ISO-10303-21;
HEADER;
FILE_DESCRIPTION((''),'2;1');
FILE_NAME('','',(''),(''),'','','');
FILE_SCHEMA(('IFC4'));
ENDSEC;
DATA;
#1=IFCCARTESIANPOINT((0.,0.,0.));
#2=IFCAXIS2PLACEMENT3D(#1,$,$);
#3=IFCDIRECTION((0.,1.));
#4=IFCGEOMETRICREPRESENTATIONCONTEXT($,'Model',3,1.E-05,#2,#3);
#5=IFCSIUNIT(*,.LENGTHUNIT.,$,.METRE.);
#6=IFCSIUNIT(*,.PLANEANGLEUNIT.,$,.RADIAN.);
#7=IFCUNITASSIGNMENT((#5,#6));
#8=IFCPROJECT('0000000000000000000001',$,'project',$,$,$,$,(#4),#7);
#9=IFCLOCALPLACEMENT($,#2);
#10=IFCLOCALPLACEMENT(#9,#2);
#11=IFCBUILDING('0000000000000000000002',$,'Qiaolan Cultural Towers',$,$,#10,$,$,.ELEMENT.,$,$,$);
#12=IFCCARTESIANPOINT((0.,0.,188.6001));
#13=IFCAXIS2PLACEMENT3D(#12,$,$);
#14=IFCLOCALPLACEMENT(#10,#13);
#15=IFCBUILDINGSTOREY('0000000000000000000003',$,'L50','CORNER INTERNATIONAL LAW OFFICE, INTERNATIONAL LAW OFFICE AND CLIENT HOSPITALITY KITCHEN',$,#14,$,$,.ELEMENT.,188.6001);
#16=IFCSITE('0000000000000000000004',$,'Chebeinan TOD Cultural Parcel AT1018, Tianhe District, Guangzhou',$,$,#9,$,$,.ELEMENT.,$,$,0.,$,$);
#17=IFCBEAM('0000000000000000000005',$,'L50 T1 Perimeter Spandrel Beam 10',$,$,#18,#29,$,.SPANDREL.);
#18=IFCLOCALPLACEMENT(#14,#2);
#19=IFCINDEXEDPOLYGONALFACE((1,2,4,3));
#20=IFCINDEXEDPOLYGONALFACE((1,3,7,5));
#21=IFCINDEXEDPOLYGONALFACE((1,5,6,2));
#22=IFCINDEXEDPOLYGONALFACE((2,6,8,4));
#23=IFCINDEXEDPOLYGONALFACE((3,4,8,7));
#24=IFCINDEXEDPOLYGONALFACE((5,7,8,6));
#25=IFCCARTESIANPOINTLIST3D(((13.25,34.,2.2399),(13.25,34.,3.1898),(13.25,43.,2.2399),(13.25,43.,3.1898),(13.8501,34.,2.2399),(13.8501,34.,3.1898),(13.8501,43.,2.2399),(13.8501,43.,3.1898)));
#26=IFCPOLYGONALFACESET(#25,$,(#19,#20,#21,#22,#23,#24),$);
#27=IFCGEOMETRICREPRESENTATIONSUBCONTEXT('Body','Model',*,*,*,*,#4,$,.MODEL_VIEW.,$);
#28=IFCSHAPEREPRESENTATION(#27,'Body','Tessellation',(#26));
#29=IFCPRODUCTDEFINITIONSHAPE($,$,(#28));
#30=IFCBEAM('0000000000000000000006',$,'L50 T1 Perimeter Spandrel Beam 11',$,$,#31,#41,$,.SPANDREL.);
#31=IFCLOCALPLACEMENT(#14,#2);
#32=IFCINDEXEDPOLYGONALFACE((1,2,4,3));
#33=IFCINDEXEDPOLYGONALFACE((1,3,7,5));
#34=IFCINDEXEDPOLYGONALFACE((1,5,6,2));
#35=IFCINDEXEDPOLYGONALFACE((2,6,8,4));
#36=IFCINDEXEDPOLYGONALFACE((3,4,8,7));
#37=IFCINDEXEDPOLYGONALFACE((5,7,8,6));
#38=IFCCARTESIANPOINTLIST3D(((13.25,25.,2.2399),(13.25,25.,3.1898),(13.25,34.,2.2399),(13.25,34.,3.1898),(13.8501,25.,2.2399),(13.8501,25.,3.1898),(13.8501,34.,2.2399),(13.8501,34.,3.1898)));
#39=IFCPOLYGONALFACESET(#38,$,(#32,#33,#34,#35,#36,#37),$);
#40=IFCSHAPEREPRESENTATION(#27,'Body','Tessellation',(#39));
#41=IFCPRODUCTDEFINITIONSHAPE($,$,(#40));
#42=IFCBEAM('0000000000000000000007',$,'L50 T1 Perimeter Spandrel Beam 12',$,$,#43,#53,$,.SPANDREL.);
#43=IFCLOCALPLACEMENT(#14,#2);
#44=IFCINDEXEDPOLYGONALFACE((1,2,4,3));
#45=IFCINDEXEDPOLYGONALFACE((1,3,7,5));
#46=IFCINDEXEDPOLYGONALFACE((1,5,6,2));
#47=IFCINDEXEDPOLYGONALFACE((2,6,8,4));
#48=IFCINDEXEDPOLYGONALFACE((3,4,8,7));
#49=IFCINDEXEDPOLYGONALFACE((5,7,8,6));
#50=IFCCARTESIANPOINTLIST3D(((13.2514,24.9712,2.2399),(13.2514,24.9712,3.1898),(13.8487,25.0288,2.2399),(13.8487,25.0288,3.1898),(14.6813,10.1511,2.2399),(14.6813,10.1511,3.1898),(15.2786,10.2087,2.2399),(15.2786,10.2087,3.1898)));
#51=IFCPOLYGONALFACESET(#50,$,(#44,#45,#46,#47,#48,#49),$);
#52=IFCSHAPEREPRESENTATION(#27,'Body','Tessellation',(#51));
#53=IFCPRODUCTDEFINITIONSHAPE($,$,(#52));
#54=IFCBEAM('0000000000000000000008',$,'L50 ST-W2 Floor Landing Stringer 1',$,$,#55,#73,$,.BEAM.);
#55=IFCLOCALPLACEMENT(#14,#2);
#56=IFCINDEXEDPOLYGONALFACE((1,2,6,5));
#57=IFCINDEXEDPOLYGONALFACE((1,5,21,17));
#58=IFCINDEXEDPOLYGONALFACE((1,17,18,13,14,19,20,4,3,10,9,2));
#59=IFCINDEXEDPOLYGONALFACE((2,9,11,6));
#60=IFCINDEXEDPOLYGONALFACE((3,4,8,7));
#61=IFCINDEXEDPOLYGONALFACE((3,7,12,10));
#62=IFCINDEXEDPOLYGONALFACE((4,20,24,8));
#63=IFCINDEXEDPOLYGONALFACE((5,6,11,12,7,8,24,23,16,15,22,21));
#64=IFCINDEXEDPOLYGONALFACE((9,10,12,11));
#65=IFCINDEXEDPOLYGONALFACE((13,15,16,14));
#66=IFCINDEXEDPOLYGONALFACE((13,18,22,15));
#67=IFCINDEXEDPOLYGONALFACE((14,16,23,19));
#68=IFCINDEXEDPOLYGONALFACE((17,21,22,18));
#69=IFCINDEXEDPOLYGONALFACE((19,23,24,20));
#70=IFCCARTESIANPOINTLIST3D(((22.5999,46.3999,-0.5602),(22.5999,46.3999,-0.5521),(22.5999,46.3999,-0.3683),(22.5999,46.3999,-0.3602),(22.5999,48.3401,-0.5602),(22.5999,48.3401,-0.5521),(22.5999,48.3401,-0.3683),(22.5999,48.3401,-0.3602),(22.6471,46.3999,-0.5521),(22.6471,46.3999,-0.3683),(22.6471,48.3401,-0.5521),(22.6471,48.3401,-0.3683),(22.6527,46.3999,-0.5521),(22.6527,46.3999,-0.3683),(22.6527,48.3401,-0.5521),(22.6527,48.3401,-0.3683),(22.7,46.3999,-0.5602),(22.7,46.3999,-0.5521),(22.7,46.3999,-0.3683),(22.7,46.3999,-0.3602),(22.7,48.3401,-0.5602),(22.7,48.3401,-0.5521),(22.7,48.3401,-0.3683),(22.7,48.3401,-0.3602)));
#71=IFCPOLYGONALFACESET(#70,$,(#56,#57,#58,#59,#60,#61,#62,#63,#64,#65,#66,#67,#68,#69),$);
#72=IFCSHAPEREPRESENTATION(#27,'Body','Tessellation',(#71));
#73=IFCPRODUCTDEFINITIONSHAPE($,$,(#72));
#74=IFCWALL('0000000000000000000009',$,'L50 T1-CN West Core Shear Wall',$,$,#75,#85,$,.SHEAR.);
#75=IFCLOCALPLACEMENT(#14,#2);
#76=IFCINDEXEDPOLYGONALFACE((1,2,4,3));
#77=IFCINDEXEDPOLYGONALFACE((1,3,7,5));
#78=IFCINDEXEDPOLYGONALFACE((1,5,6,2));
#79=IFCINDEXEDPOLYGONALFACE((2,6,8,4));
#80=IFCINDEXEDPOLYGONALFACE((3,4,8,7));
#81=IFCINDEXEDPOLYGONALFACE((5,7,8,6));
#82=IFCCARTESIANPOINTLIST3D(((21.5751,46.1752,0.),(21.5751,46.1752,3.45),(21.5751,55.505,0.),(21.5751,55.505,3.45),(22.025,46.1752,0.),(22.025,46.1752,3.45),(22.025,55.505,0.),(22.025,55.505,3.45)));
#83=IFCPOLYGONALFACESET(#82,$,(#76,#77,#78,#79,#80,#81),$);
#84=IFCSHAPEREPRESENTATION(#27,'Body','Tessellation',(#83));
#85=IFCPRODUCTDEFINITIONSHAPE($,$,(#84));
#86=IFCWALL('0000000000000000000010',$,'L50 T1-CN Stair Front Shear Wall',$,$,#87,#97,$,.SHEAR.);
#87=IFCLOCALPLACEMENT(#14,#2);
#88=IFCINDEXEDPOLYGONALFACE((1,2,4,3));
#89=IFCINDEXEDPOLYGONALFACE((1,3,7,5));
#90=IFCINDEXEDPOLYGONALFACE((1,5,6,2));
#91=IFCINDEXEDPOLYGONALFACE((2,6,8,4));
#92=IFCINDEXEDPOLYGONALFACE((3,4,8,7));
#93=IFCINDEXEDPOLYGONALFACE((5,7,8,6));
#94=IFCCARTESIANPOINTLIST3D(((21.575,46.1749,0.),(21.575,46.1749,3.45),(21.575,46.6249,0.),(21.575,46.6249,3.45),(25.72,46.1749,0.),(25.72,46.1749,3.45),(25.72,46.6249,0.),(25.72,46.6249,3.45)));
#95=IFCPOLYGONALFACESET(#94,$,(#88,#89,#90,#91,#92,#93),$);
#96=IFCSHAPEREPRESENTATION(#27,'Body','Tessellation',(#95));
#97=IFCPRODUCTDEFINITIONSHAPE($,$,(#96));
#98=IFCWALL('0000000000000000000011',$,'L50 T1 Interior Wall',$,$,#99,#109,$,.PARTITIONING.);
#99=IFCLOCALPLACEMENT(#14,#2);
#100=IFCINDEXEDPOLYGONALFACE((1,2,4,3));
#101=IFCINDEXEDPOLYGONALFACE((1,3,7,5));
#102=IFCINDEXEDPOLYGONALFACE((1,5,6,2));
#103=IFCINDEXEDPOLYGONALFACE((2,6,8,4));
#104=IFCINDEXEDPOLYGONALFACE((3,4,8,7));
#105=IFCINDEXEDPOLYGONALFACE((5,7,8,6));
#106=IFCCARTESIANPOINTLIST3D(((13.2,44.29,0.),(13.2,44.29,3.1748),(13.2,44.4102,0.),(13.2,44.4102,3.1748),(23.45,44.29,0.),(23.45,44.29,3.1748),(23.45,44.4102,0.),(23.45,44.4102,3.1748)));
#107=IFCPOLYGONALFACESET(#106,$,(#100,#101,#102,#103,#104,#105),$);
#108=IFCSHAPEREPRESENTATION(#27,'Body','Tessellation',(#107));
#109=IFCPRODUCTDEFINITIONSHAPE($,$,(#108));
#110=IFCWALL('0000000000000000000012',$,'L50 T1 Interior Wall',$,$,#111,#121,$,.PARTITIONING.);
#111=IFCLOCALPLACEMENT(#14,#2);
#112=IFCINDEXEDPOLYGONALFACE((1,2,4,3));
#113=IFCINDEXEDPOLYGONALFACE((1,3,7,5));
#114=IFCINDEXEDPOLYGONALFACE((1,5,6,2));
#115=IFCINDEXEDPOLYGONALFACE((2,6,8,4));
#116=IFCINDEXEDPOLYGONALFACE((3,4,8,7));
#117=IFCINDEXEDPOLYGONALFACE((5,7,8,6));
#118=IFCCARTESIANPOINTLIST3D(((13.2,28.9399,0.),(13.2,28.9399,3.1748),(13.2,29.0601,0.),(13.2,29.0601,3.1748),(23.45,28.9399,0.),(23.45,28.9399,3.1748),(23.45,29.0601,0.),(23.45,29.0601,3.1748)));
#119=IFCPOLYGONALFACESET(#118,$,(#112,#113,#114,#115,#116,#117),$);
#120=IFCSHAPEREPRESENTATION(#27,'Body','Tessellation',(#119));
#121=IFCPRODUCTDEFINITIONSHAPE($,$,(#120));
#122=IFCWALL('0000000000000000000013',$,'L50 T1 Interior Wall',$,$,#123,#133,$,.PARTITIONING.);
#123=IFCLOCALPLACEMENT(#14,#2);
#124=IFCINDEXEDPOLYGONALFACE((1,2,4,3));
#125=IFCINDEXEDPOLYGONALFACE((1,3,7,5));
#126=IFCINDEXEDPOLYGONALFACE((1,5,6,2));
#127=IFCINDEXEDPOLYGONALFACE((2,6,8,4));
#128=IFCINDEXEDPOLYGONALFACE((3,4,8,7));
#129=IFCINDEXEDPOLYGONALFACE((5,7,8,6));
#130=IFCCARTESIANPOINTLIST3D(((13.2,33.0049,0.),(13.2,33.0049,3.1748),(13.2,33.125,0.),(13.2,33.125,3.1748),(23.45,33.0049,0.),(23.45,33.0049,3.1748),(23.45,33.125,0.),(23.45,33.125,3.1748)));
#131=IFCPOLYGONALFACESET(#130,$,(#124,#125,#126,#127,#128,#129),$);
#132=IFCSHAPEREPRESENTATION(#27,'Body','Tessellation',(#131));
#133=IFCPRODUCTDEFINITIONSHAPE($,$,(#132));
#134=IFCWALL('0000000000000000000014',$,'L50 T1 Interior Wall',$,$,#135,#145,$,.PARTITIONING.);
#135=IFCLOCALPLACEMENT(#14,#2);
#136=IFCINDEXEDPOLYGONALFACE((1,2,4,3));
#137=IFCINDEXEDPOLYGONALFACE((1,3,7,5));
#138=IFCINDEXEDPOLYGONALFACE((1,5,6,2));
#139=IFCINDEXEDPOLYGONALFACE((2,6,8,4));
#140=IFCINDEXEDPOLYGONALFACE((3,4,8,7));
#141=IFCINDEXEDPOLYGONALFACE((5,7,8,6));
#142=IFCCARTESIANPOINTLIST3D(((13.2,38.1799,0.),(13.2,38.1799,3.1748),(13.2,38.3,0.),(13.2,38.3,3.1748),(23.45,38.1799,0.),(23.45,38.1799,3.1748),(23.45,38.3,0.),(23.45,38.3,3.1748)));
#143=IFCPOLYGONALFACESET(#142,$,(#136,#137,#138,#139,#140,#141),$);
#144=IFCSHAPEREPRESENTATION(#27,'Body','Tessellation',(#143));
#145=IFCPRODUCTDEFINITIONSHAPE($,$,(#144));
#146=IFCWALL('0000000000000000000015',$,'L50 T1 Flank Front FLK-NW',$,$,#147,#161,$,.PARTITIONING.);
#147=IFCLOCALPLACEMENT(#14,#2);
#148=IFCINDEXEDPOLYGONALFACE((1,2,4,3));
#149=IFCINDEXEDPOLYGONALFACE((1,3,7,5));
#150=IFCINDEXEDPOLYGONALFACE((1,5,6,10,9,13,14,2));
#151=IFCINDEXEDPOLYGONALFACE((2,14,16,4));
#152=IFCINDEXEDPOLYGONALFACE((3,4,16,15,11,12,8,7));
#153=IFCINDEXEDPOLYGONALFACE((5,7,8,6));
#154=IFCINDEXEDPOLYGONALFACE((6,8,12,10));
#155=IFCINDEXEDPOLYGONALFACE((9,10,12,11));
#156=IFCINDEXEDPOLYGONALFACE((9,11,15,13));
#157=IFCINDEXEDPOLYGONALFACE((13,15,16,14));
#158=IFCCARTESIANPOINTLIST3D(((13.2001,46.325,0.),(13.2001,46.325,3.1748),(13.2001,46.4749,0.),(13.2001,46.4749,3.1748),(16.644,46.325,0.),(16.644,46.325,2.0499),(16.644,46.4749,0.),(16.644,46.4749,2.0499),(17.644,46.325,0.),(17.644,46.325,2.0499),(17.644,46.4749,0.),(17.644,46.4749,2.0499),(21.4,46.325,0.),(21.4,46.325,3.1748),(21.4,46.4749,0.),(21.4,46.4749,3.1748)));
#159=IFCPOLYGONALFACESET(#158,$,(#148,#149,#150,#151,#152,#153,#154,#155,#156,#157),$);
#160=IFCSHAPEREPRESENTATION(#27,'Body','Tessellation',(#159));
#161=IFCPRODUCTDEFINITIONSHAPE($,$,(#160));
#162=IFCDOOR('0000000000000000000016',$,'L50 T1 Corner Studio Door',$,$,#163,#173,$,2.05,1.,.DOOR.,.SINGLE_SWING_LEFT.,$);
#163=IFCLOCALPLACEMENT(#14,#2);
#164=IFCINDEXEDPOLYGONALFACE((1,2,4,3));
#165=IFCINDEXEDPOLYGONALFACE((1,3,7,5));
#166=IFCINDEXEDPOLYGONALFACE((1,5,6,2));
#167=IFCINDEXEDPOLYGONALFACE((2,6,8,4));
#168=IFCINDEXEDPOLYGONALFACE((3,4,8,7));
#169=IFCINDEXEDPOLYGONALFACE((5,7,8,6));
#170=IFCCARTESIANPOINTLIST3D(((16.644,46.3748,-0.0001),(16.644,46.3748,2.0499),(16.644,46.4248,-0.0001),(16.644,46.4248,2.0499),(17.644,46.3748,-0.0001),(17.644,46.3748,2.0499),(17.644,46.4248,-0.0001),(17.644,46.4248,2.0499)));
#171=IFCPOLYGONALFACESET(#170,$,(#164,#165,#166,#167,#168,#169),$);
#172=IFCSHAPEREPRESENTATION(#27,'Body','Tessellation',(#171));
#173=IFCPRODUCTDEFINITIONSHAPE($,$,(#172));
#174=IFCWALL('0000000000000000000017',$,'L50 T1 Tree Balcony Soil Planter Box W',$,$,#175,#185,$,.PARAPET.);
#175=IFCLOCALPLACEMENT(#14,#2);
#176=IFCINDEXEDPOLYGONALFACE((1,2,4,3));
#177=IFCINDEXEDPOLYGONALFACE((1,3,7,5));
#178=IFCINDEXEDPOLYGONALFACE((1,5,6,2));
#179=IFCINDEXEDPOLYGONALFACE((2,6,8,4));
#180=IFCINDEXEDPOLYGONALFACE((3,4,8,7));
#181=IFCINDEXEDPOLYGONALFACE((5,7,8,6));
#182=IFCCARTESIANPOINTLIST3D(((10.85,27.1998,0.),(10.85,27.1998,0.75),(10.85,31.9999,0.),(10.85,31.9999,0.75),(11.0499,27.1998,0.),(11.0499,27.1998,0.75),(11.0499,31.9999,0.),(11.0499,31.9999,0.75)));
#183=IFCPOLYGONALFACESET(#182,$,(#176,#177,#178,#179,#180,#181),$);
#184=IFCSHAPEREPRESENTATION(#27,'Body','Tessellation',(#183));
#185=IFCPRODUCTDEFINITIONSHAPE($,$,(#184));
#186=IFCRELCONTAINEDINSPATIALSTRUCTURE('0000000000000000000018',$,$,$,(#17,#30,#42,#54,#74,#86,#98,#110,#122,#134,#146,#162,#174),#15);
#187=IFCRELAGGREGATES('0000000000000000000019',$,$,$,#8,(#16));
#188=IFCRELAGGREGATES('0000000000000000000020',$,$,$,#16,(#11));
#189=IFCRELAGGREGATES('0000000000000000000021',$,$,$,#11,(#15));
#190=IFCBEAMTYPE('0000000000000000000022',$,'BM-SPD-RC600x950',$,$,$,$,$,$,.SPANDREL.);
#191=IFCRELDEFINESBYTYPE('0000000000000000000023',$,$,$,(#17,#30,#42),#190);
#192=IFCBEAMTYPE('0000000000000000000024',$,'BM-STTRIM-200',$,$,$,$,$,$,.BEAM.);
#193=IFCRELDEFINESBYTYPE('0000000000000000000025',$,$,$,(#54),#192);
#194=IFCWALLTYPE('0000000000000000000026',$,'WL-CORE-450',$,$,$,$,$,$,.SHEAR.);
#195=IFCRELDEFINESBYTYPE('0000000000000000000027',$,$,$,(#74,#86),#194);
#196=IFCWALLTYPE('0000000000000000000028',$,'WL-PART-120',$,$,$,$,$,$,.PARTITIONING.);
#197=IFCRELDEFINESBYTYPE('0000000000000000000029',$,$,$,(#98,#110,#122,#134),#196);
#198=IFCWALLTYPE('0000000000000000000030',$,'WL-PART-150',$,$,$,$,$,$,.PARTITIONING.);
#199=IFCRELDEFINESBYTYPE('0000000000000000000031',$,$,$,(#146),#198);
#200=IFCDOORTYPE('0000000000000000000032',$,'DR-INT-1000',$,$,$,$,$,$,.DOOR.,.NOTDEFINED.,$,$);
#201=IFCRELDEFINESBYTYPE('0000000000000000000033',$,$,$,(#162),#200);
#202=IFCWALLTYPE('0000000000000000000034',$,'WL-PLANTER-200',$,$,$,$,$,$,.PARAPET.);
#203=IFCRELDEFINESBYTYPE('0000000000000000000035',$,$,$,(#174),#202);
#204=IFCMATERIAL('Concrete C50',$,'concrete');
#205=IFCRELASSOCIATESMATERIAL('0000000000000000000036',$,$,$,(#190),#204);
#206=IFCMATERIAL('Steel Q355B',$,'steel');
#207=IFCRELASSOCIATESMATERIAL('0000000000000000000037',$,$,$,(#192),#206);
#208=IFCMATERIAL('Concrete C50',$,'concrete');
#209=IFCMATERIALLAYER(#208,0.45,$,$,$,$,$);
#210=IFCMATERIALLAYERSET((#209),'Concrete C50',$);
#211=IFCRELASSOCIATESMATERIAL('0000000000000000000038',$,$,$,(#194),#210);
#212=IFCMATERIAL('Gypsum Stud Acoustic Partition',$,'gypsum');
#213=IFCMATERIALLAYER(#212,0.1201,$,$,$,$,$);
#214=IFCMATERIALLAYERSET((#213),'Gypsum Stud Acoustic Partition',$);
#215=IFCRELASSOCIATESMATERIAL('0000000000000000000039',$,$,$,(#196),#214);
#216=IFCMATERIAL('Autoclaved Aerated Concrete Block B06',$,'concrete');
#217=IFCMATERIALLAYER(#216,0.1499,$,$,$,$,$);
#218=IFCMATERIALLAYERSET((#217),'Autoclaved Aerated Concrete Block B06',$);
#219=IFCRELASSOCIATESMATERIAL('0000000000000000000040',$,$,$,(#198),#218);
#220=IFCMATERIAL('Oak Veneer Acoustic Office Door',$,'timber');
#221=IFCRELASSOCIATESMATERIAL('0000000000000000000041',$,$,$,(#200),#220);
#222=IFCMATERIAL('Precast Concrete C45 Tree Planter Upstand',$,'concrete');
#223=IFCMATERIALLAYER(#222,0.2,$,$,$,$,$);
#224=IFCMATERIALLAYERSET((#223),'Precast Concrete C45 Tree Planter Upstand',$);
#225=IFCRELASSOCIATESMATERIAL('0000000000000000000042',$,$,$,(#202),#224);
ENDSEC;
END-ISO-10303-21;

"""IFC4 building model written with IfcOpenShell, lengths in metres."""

from ifc_helpers import new_model, si_unit, direction, frame, frame_2d, origin, origin_2d, place, context, subcontext, project, spatial, rectangle, i_section, extrude, material, layer, layer_set, material_profile, profile_set, type_object, element, fill, save


model = new_model("IFC4")

# Units and contexts
model_context = context("Model", 3, precision=1e-05, world=origin(), true_north=direction((0.0, 1.0)))
body_context = subcontext(model_context, "Body", "Model", "MODEL_VIEW")
ifc_project = project(units=[si_unit("LENGTHUNIT", "METRE"), si_unit("PLANEANGLEUNIT", "RADIAN")], contexts=[model_context])

# Site, building, storey
site_placement = place(None, origin())
site = spatial("IfcSite", under=ifc_project, at=site_placement, Name="Chebeinan TOD Cultural Parcel AT1018, Tianhe District, Guangzhou", CompositionType="ELEMENT", RefElevation=0.0)
building_placement = place(site_placement, origin())
building = spatial("IfcBuilding", under=site, at=building_placement, Name="Qiaolan Cultural Towers", CompositionType="ELEMENT")
storey_placement = place(building_placement, frame((0.0, 0.0, 188.6001)))
storey = spatial("IfcBuildingStorey", under=building, at=storey_placement, Name="L50", Description="CORNER INTERNATIONAL LAW OFFICE, INTERNATIONAL LAW OFFICE AND CLIENT HOSPITALITY KITCHEN", CompositionType="ELEMENT", Elevation=188.6001)

# Beams
ifc_material_1 = material(Name="Concrete C50", Category="concrete")
ifc_material_profile_1 = material_profile(ifc_material_1, rectangle(XDim=0.6001, YDim=0.95, at=origin_2d()), Name="RC600x950")
ifc_profile_set_1 = profile_set([ifc_material_profile_1], Name="Concrete C50")
beam_type_1 = type_object("IfcBeamType", Name="BM-SPD-RC600x950", PredefinedType="SPANDREL", material=ifc_profile_set_1)
for number, where, z_axis, x_axis, name in (
    (1, (13.55, 43.0, 2.7148), (0.0, -1.0, 0.0), (1.0, 0.0, 0.0), "L50 T1 Perimeter Spandrel Beam 10"),
    (2, (13.55, 34.0, 2.7148), (0.0, -1.0, 0.0), (1.0, 0.0, 0.0), "L50 T1 Perimeter Spandrel Beam 11"),
):
    element("IfcBeam", number, at=place(storey_placement, frame(where, z_axis=z_axis, x_axis=x_axis)), inside=storey, type_object=beam_type_1, Name=name, PredefinedType="SPANDREL", context=body_context, shape_type="SweptSolid", body=[
        extrude(rectangle(XDim=0.6001, YDim=0.95, at=origin_2d()), origin(), (0.0, 0.0, 1.0), 9.0),
    ])
beam_1_placement = place(storey_placement, frame((13.55, 25.0, 2.7148), z_axis=(0.09604, -0.995377, 0.0), x_axis=(0.995377, 0.09604, 0.0)))
element("IfcBeam", 3, at=beam_1_placement, inside=storey, type_object=beam_type_1, Name="L50 T1 Perimeter Spandrel Beam 12", PredefinedType="SPANDREL", context=body_context, shape_type="SweptSolid", body=[
    extrude(rectangle(XDim=0.6001, YDim=0.95, at=origin_2d()), origin(), (0.0, 0.0, 1.0), 14.8889),
])
ifc_material_2 = material(Name="Steel Q355B", Category="steel")
ifc_material_profile_2 = material_profile(ifc_material_2, i_section(OverallWidth=0.1001, OverallDepth=0.2, WebThickness=0.0056, FlangeThickness=0.0081, at=origin_2d()), Name="HN200x100x5.5x8")
ifc_profile_set_2 = profile_set([ifc_material_profile_2], Name="Steel Q355B")
beam_type_2 = type_object("IfcBeamType", Name="BM-STTRIM-200", PredefinedType="BEAM", material=ifc_profile_set_2)
beam_2_placement = place(storey_placement, frame((22.6499, 46.3999, -0.4602), z_axis=(0.0, 1.0, 0.0), x_axis=(-1.0, 0.0, 0.0)))
element("IfcBeam", 4, at=beam_2_placement, inside=storey, type_object=beam_type_2, Name="L50 ST-W2 Floor Landing Stringer 1", PredefinedType="BEAM", context=body_context, shape_type="SweptSolid", body=[
    extrude(i_section(OverallWidth=0.1001, OverallDepth=0.2, WebThickness=0.0056, FlangeThickness=0.0081, at=origin_2d()), origin(), (0.0, 0.0, 1.0), 1.9402),
])

# Walls
ifc_material_3 = material(Name="Concrete C50", Category="concrete")
ifc_layer_1 = layer(ifc_material_3, 0.45)
ifc_layer_set_1 = layer_set([ifc_layer_1], Name="Concrete C50")
wall_type_1 = type_object("IfcWallType", Name="WL-CORE-450", PredefinedType="SHEAR", material=ifc_layer_set_1)
wall_1_placement = place(storey_placement, frame((21.8, 46.175, 0.0), z_axis=(0.0, 0.0, 1.0), x_axis=(0.0, 1.0, 0.0)))
element("IfcWall", 5, at=wall_1_placement, inside=storey, type_object=wall_type_1, Name="L50 T1-CN West Core Shear Wall", PredefinedType="SHEAR", context=body_context, shape_type="SweptSolid", body=[
    extrude(rectangle(XDim=9.3298, YDim=0.45, at=frame_2d((4.665, 0.0))), origin(), (0.0, 0.0, 1.0), 3.45),
])
wall_2_placement = place(storey_placement, frame((21.575, 46.3999, 0.0), z_axis=(0.0, 0.0, 1.0), x_axis=(1.0, 0.0, 0.0)))
element("IfcWall", 6, at=wall_2_placement, inside=storey, type_object=wall_type_1, Name="L50 T1-CN Stair Front Shear Wall", PredefinedType="SHEAR", context=body_context, shape_type="SweptSolid", body=[
    extrude(rectangle(XDim=4.145, YDim=0.45, at=frame_2d((2.0725, 0.0))), origin(), (0.0, 0.0, 1.0), 3.45),
])
ifc_material_4 = material(Name="Gypsum Stud Acoustic Partition", Category="gypsum")
ifc_layer_2 = layer(ifc_material_4, 0.1201)
ifc_layer_set_2 = layer_set([ifc_layer_2], Name="Gypsum Stud Acoustic Partition")
wall_type_2 = type_object("IfcWallType", Name="WL-PART-120", PredefinedType="PARTITIONING", material=ifc_layer_set_2)
for number, where, z_axis, x_axis, name in (
    (7, (13.2, 44.3501, 0.0), (0.0, 0.0, 1.0), (1.0, 0.0, 0.0), "L50 T1 Interior Wall"),
    (8, (13.2, 29.0, 0.0), (0.0, 0.0, 1.0), (1.0, 0.0, 0.0), "L50 T1 Interior Wall"),
    (9, (13.2, 33.0649, 0.0), (0.0, 0.0, 1.0), (1.0, 0.0, 0.0), "L50 T1 Interior Wall"),
    (10, (13.2, 38.24, 0.0), (0.0, 0.0, 1.0), (1.0, 0.0, 0.0), "L50 T1 Interior Wall"),
):
    element("IfcWall", number, at=place(storey_placement, frame(where, z_axis=z_axis, x_axis=x_axis)), inside=storey, type_object=wall_type_2, Name=name, PredefinedType="PARTITIONING", context=body_context, shape_type="SweptSolid", body=[
        extrude(rectangle(XDim=10.25, YDim=0.1201, at=frame_2d((5.125, 0.0))), origin(), (0.0, 0.0, 1.0), 3.1748),
    ])

# Wall, opening, door
ifc_material_5 = material(Name="Autoclaved Aerated Concrete Block B06", Category="concrete")
ifc_layer_3 = layer(ifc_material_5, 0.1499)
ifc_layer_set_3 = layer_set([ifc_layer_3], Name="Autoclaved Aerated Concrete Block B06")
wall_type_3 = type_object("IfcWallType", Name="WL-PART-150", PredefinedType="PARTITIONING", material=ifc_layer_set_3)
wall_3_placement = place(storey_placement, frame((13.2, 46.3999, 0.0), z_axis=(0.0, 0.0, 1.0), x_axis=(1.0, 0.0, 0.0)))
wall_3 = element("IfcWall", 11, at=wall_3_placement, inside=storey, type_object=wall_type_3, Name="L50 T1 Flank Front FLK-NW", PredefinedType="PARTITIONING", context=body_context, shape_type="SweptSolid", body=[
    extrude(rectangle(XDim=8.2, YDim=0.1499, at=frame_2d((4.1001, 0.0))), origin(), (0.0, 0.0, 1.0), 3.1748),
])
opening_placement = place(wall_3_placement, frame((3.4441, 0.0, 0.0)))
opening = element("IfcOpeningElement", 12, at=opening_placement, cuts=wall_3, PredefinedType="OPENING", context=body_context, shape_type="SweptSolid", body=[
    extrude(rectangle(XDim=1.0, YDim=2.05, at=frame_2d((0.5, 1.0249))), frame((0.0, 0.085, 0.0), z_axis=(0.0, -1.0, 0.0), x_axis=(1.0, 0.0, 0.0)), (0.0, 0.0, 1.0), 0.1699),
])
ifc_material_6 = material(Name="Oak Veneer Acoustic Office Door", Category="timber")
door_type = type_object("IfcDoorType", Name="DR-INT-1000", OperationType="NOTDEFINED", PredefinedType="DOOR", material=ifc_material_6)
door_placement = place(opening_placement, origin())
door = element("IfcDoor", 13, at=door_placement, inside=storey, type_object=door_type, Name="L50 T1 Corner Studio Door", OperationType="SINGLE_SWING_LEFT", OverallHeight=2.05, OverallWidth=1.0, PredefinedType="DOOR", context=body_context, shape_type="SweptSolid", body=[
    extrude(rectangle(XDim=1.0, YDim=2.05, at=frame_2d((0.5, 1.0249))), frame((0.0, 0.0249, 0.0), z_axis=(0.0, -1.0, 0.0), x_axis=(1.0, 0.0, 0.0)), (0.0, 0.0, 1.0), 0.05),
])
fill(opening, door)

# Wall
ifc_material_7 = material(Name="Precast Concrete C45 Tree Planter Upstand", Category="concrete")
ifc_layer_4 = layer(ifc_material_7, 0.2)
ifc_layer_set_4 = layer_set([ifc_layer_4], Name="Precast Concrete C45 Tree Planter Upstand")
wall_type_4 = type_object("IfcWallType", Name="WL-PLANTER-200", PredefinedType="PARAPET", material=ifc_layer_set_4)
wall_4_placement = place(storey_placement, frame((10.95, 27.2, 0.0), z_axis=(0.0, 0.0, 1.0), x_axis=(0.0, 1.0, 0.0)))
element("IfcWall", 14, at=wall_4_placement, inside=storey, type_object=wall_type_4, Name="L50 T1 Tree Balcony Soil Planter Box W", PredefinedType="PARAPET", context=body_context, shape_type="SweptSolid", body=[
    extrude(rectangle(XDim=4.8, YDim=0.2, at=frame_2d((2.3999, 0.0))), origin(), (0.0, 0.0, 1.0), 0.75),
])

save(model, "model.ifc")
